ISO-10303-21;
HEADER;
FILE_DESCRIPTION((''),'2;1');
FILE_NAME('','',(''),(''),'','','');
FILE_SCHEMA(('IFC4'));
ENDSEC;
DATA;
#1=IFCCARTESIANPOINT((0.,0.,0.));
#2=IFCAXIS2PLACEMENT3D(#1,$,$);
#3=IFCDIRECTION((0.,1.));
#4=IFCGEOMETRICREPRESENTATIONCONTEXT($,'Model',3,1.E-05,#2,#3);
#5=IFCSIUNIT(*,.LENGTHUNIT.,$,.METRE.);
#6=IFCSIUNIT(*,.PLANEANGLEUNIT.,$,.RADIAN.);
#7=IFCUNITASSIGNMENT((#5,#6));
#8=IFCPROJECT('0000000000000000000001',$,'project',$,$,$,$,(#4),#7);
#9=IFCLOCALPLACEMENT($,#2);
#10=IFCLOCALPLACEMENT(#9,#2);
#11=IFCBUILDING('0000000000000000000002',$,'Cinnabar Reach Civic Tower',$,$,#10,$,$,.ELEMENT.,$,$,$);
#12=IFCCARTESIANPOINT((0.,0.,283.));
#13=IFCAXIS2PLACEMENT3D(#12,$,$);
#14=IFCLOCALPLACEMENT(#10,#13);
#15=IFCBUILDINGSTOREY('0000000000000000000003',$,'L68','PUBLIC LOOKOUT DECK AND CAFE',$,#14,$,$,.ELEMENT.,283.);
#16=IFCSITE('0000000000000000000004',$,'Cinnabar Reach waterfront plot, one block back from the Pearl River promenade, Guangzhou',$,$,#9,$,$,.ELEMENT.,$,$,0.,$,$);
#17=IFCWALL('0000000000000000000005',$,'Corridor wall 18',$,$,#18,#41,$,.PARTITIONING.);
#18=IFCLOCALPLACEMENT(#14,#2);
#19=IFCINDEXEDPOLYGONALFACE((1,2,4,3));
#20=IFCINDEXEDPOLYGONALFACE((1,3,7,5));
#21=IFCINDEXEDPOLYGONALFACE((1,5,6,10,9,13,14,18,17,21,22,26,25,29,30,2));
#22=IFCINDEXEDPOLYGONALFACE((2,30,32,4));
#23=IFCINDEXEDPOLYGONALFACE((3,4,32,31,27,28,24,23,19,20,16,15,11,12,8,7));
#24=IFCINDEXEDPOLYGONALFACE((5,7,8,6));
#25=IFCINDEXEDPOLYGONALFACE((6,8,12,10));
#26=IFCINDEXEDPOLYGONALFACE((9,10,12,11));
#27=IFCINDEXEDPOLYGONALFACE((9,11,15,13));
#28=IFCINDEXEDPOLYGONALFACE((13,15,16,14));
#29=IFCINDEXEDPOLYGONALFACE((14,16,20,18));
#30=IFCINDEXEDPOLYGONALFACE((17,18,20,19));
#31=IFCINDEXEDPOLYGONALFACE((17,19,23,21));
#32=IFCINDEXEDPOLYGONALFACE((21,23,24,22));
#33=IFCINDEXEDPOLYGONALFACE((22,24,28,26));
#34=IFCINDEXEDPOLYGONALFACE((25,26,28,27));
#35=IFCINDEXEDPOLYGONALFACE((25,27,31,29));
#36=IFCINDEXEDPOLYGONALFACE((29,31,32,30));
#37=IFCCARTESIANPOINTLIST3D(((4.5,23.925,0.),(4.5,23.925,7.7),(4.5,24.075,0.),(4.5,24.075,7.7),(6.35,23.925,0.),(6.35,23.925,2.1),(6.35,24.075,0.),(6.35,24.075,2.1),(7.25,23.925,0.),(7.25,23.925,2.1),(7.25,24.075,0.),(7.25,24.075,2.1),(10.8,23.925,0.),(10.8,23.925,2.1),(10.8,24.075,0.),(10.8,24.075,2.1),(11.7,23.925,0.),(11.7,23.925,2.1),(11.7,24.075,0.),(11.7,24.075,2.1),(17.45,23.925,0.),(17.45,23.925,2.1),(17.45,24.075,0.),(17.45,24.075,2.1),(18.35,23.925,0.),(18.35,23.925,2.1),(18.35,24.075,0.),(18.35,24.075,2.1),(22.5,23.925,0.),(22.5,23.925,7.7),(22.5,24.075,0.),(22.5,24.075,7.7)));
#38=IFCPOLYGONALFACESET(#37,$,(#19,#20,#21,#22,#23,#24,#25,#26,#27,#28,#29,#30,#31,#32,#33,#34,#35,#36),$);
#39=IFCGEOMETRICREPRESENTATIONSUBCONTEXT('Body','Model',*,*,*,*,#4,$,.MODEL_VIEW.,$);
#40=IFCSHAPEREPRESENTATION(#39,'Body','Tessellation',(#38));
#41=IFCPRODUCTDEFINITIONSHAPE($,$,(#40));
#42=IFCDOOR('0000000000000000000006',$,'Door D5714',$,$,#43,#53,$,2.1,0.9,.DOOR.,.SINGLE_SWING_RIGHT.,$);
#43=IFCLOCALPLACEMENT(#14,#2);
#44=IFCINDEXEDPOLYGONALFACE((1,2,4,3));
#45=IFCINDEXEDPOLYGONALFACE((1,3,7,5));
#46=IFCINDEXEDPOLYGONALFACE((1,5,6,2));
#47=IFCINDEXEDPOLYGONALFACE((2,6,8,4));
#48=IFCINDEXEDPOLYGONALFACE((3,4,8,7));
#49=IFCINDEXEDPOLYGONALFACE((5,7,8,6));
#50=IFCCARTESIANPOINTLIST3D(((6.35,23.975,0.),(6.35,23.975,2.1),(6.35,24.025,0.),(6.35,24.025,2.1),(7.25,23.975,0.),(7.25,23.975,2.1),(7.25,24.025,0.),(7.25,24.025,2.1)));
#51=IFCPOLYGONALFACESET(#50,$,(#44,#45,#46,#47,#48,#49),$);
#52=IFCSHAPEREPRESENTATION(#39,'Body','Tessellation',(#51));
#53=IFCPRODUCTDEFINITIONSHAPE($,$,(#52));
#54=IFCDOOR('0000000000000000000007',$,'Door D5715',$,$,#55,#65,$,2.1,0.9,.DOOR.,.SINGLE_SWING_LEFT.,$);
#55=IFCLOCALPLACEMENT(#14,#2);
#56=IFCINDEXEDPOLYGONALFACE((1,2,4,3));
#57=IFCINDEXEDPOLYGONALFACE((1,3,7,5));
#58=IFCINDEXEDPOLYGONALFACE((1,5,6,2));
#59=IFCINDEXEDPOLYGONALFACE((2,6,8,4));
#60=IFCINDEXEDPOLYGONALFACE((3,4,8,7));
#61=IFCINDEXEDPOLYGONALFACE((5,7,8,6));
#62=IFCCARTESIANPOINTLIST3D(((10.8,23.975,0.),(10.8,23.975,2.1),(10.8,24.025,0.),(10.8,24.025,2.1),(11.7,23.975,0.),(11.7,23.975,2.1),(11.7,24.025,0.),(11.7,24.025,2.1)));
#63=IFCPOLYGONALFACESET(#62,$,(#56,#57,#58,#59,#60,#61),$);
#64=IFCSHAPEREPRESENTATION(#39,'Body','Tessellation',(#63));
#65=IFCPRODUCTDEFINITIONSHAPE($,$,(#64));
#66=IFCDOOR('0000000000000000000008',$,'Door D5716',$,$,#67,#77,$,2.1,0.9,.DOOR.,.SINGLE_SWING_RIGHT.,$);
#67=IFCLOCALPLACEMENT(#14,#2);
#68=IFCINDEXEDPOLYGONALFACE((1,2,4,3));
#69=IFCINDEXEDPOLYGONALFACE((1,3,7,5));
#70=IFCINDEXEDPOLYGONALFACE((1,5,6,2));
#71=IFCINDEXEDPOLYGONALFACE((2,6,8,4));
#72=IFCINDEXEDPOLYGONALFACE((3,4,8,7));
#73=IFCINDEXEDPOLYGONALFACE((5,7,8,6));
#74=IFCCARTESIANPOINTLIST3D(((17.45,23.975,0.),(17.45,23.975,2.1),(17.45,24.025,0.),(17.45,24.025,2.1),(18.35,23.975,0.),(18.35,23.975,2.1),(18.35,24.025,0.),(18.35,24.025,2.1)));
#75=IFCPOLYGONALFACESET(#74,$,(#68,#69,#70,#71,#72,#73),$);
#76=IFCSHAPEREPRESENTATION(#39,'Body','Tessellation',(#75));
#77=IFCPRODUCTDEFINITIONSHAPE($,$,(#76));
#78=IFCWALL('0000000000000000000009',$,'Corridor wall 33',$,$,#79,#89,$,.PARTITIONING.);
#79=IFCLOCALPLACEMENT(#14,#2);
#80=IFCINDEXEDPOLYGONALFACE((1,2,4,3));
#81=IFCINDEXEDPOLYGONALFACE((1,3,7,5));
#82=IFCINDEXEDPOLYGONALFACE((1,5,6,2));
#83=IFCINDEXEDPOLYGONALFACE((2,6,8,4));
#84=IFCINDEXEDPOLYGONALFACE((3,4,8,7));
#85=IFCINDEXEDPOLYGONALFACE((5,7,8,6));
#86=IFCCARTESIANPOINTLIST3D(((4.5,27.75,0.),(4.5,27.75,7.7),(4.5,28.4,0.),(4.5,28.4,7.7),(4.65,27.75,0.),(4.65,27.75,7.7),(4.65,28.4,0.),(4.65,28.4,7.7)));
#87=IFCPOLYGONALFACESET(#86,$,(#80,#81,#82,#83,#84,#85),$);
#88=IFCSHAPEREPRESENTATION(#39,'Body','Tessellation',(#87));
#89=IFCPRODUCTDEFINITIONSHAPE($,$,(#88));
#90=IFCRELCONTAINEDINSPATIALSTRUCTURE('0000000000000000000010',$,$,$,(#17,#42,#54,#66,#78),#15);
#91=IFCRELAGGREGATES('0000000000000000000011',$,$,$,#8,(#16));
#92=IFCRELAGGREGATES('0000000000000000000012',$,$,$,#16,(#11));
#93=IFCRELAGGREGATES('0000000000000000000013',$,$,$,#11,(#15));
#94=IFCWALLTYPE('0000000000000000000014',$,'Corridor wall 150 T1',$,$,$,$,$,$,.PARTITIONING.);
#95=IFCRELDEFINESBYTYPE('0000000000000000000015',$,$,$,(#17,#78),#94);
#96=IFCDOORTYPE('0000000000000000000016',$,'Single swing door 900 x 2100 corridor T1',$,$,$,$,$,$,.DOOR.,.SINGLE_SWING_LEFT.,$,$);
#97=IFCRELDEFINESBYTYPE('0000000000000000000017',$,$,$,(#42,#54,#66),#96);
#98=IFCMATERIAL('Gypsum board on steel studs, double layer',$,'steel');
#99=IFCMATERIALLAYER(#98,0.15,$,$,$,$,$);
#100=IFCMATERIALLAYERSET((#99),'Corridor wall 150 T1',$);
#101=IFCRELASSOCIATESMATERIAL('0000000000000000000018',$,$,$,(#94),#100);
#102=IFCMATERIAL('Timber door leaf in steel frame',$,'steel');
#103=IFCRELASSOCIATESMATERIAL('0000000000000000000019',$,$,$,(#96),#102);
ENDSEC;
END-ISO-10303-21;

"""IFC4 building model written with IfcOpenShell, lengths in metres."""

from ifc_helpers import new_model, si_unit, direction, frame, frame_2d, origin, place, context, subcontext, project, spatial, rectangle, extrude, material, layer, layer_set, type_object, element, fill, save


model = new_model("IFC4")

# Units and contexts
model_context = context("Model", 3, precision=1e-05, world=origin(), true_north=direction((0.0, 1.0)))
body_context = subcontext(model_context, "Body", "Model", "MODEL_VIEW")
ifc_project = project(units=[si_unit("LENGTHUNIT", "METRE"), si_unit("PLANEANGLEUNIT", "RADIAN")], contexts=[model_context])

# Site, building, storey
site_placement = place(None, origin())
site = spatial("IfcSite", under=ifc_project, at=site_placement, Name="Cinnabar Reach waterfront plot, one block back from the Pearl River promenade, Guangzhou", CompositionType="ELEMENT", RefElevation=0.0)
building_placement = place(site_placement, origin())
building = spatial("IfcBuilding", under=site, at=building_placement, Name="Cinnabar Reach Civic Tower", CompositionType="ELEMENT")
storey_placement = place(building_placement, frame((0.0, 0.0, 283.0)))
storey = spatial("IfcBuildingStorey", under=building, at=storey_placement, Name="L68", Description="PUBLIC LOOKOUT DECK AND CAFE", CompositionType="ELEMENT", Elevation=283.0)

# Wall, openings, doors
ifc_material_1 = material(Name="Gypsum board on steel studs, double layer", Category="steel")
ifc_layer_1 = layer(ifc_material_1, 0.15)
ifc_layer_set_1 = layer_set([ifc_layer_1], Name="Corridor wall 150 T1")
wall_type_1 = type_object("IfcWallType", Name="Corridor wall 150 T1", PredefinedType="PARTITIONING", material=ifc_layer_set_1)
wall_1_placement = place(storey_placement, frame((4.5, 24.0, 0.0), z_axis=(0.0, 0.0, 1.0), x_axis=(1.0, 0.0, 0.0)))
wall_1 = element("IfcWall", 1, at=wall_1_placement, inside=storey, type_object=wall_type_1, Name="Corridor wall 18", PredefinedType="PARTITIONING", context=body_context, shape_type="SweptSolid", body=[
    extrude(rectangle(XDim=18.0, YDim=0.15, at=frame_2d((9.0, 0.0))), origin(), (0.0, 0.0, 1.0), 7.7),
])
opening_1_placement = place(wall_1_placement, frame((1.85, 0.0, 0.0)))
opening_1 = element("IfcOpeningElement", 2, at=opening_1_placement, cuts=wall_1, PredefinedType="OPENING", context=body_context, shape_type="SweptSolid", body=[
    extrude(rectangle(XDim=0.9, YDim=2.1, at=frame_2d((0.45, 1.05))), frame((0.0, 0.085, 0.0), z_axis=(0.0, -1.0, 0.0), x_axis=(1.0, 0.0, 0.0)), (0.0, 0.0, 1.0), 0.17),
])
opening_2_placement = place(wall_1_placement, frame((6.3, 0.0, 0.0)))
opening_2 = element("IfcOpeningElement", 3, at=opening_2_placement, cuts=wall_1, PredefinedType="OPENING", context=body_context, shape_type="SweptSolid", body=[
    extrude(rectangle(XDim=0.9, YDim=2.1, at=frame_2d((0.45, 1.05))), frame((0.0, 0.085, 0.0), z_axis=(0.0, -1.0, 0.0), x_axis=(1.0, 0.0, 0.0)), (0.0, 0.0, 1.0), 0.17),
])
opening_3_placement = place(wall_1_placement, frame((12.95, 0.0, 0.0)))
opening_3 = element("IfcOpeningElement", 4, at=opening_3_placement, cuts=wall_1, PredefinedType="OPENING", context=body_context, shape_type="SweptSolid", body=[
    extrude(rectangle(XDim=0.9, YDim=2.1, at=frame_2d((0.45, 1.05))), frame((0.0, 0.085, 0.0), z_axis=(0.0, -1.0, 0.0), x_axis=(1.0, 0.0, 0.0)), (0.0, 0.0, 1.0), 0.17),
])
ifc_material_2 = material(Name="Timber door leaf in steel frame", Category="steel")
door_type_1 = type_object("IfcDoorType", Name="Single swing door 900 x 2100 corridor T1", OperationType="SINGLE_SWING_LEFT", PredefinedType="DOOR", material=ifc_material_2)
door_1_placement = place(opening_1_placement, frame((0.9, 0.0, 0.0), z_axis=(0.0, 0.0, 1.0), x_axis=(-1.0, 0.0, 0.0)))
door_1 = element("IfcDoor", 5, at=door_1_placement, inside=storey, type_object=door_type_1, Name="Door D5714", OperationType="SINGLE_SWING_RIGHT", OverallHeight=2.1, OverallWidth=0.9, PredefinedType="DOOR", context=body_context, shape_type="SweptSolid", body=[
    extrude(rectangle(XDim=0.9, YDim=2.1, at=frame_2d((0.45, 1.05))), frame((0.0, 0.025, 0.0), z_axis=(0.0, -1.0, 0.0), x_axis=(1.0, 0.0, 0.0)), (0.0, 0.0, 1.0), 0.05),
])
fill(opening_1, door_1)
door_2_placement = place(opening_2_placement, frame((0.9, 0.0, 0.0), z_axis=(0.0, 0.0, 1.0), x_axis=(-1.0, 0.0, 0.0)))
door_2 = element("IfcDoor", 6, at=door_2_placement, inside=storey, type_object=door_type_1, Name="Door D5715", OperationType="SINGLE_SWING_LEFT", OverallHeight=2.1, OverallWidth=0.9, PredefinedType="DOOR", context=body_context, shape_type="SweptSolid", body=[
    extrude(rectangle(XDim=0.9, YDim=2.1, at=frame_2d((0.45, 1.05))), frame((0.0, 0.025, 0.0), z_axis=(0.0, -1.0, 0.0), x_axis=(1.0, 0.0, 0.0)), (0.0, 0.0, 1.0), 0.05),
])
fill(opening_2, door_2)
door_3_placement = place(opening_3_placement, frame((0.9, 0.0, 0.0), z_axis=(0.0, 0.0, 1.0), x_axis=(-1.0, 0.0, 0.0)))
door_3 = element("IfcDoor", 7, at=door_3_placement, inside=storey, type_object=door_type_1, Name="Door D5716", OperationType="SINGLE_SWING_RIGHT", OverallHeight=2.1, OverallWidth=0.9, PredefinedType="DOOR", context=body_context, shape_type="SweptSolid", body=[
    extrude(rectangle(XDim=0.9, YDim=2.1, at=frame_2d((0.45, 1.05))), frame((0.0, 0.025, 0.0), z_axis=(0.0, -1.0, 0.0), x_axis=(1.0, 0.0, 0.0)), (0.0, 0.0, 1.0), 0.05),
])
fill(opening_3, door_3)

# Wall
wall_2_placement = place(storey_placement, frame((4.575, 27.75, 0.0), z_axis=(0.0, 0.0, 1.0), x_axis=(0.0, 1.0, 0.0)))
element("IfcWall", 8, at=wall_2_placement, inside=storey, type_object=wall_type_1, Name="Corridor wall 33", PredefinedType="PARTITIONING", context=body_context, shape_type="SweptSolid", body=[
    extrude(rectangle(XDim=0.65, YDim=0.15, at=frame_2d((0.325, 0.0))), origin(), (0.0, 0.0, 1.0), 7.7),
])

save(model, "model.ifc")
